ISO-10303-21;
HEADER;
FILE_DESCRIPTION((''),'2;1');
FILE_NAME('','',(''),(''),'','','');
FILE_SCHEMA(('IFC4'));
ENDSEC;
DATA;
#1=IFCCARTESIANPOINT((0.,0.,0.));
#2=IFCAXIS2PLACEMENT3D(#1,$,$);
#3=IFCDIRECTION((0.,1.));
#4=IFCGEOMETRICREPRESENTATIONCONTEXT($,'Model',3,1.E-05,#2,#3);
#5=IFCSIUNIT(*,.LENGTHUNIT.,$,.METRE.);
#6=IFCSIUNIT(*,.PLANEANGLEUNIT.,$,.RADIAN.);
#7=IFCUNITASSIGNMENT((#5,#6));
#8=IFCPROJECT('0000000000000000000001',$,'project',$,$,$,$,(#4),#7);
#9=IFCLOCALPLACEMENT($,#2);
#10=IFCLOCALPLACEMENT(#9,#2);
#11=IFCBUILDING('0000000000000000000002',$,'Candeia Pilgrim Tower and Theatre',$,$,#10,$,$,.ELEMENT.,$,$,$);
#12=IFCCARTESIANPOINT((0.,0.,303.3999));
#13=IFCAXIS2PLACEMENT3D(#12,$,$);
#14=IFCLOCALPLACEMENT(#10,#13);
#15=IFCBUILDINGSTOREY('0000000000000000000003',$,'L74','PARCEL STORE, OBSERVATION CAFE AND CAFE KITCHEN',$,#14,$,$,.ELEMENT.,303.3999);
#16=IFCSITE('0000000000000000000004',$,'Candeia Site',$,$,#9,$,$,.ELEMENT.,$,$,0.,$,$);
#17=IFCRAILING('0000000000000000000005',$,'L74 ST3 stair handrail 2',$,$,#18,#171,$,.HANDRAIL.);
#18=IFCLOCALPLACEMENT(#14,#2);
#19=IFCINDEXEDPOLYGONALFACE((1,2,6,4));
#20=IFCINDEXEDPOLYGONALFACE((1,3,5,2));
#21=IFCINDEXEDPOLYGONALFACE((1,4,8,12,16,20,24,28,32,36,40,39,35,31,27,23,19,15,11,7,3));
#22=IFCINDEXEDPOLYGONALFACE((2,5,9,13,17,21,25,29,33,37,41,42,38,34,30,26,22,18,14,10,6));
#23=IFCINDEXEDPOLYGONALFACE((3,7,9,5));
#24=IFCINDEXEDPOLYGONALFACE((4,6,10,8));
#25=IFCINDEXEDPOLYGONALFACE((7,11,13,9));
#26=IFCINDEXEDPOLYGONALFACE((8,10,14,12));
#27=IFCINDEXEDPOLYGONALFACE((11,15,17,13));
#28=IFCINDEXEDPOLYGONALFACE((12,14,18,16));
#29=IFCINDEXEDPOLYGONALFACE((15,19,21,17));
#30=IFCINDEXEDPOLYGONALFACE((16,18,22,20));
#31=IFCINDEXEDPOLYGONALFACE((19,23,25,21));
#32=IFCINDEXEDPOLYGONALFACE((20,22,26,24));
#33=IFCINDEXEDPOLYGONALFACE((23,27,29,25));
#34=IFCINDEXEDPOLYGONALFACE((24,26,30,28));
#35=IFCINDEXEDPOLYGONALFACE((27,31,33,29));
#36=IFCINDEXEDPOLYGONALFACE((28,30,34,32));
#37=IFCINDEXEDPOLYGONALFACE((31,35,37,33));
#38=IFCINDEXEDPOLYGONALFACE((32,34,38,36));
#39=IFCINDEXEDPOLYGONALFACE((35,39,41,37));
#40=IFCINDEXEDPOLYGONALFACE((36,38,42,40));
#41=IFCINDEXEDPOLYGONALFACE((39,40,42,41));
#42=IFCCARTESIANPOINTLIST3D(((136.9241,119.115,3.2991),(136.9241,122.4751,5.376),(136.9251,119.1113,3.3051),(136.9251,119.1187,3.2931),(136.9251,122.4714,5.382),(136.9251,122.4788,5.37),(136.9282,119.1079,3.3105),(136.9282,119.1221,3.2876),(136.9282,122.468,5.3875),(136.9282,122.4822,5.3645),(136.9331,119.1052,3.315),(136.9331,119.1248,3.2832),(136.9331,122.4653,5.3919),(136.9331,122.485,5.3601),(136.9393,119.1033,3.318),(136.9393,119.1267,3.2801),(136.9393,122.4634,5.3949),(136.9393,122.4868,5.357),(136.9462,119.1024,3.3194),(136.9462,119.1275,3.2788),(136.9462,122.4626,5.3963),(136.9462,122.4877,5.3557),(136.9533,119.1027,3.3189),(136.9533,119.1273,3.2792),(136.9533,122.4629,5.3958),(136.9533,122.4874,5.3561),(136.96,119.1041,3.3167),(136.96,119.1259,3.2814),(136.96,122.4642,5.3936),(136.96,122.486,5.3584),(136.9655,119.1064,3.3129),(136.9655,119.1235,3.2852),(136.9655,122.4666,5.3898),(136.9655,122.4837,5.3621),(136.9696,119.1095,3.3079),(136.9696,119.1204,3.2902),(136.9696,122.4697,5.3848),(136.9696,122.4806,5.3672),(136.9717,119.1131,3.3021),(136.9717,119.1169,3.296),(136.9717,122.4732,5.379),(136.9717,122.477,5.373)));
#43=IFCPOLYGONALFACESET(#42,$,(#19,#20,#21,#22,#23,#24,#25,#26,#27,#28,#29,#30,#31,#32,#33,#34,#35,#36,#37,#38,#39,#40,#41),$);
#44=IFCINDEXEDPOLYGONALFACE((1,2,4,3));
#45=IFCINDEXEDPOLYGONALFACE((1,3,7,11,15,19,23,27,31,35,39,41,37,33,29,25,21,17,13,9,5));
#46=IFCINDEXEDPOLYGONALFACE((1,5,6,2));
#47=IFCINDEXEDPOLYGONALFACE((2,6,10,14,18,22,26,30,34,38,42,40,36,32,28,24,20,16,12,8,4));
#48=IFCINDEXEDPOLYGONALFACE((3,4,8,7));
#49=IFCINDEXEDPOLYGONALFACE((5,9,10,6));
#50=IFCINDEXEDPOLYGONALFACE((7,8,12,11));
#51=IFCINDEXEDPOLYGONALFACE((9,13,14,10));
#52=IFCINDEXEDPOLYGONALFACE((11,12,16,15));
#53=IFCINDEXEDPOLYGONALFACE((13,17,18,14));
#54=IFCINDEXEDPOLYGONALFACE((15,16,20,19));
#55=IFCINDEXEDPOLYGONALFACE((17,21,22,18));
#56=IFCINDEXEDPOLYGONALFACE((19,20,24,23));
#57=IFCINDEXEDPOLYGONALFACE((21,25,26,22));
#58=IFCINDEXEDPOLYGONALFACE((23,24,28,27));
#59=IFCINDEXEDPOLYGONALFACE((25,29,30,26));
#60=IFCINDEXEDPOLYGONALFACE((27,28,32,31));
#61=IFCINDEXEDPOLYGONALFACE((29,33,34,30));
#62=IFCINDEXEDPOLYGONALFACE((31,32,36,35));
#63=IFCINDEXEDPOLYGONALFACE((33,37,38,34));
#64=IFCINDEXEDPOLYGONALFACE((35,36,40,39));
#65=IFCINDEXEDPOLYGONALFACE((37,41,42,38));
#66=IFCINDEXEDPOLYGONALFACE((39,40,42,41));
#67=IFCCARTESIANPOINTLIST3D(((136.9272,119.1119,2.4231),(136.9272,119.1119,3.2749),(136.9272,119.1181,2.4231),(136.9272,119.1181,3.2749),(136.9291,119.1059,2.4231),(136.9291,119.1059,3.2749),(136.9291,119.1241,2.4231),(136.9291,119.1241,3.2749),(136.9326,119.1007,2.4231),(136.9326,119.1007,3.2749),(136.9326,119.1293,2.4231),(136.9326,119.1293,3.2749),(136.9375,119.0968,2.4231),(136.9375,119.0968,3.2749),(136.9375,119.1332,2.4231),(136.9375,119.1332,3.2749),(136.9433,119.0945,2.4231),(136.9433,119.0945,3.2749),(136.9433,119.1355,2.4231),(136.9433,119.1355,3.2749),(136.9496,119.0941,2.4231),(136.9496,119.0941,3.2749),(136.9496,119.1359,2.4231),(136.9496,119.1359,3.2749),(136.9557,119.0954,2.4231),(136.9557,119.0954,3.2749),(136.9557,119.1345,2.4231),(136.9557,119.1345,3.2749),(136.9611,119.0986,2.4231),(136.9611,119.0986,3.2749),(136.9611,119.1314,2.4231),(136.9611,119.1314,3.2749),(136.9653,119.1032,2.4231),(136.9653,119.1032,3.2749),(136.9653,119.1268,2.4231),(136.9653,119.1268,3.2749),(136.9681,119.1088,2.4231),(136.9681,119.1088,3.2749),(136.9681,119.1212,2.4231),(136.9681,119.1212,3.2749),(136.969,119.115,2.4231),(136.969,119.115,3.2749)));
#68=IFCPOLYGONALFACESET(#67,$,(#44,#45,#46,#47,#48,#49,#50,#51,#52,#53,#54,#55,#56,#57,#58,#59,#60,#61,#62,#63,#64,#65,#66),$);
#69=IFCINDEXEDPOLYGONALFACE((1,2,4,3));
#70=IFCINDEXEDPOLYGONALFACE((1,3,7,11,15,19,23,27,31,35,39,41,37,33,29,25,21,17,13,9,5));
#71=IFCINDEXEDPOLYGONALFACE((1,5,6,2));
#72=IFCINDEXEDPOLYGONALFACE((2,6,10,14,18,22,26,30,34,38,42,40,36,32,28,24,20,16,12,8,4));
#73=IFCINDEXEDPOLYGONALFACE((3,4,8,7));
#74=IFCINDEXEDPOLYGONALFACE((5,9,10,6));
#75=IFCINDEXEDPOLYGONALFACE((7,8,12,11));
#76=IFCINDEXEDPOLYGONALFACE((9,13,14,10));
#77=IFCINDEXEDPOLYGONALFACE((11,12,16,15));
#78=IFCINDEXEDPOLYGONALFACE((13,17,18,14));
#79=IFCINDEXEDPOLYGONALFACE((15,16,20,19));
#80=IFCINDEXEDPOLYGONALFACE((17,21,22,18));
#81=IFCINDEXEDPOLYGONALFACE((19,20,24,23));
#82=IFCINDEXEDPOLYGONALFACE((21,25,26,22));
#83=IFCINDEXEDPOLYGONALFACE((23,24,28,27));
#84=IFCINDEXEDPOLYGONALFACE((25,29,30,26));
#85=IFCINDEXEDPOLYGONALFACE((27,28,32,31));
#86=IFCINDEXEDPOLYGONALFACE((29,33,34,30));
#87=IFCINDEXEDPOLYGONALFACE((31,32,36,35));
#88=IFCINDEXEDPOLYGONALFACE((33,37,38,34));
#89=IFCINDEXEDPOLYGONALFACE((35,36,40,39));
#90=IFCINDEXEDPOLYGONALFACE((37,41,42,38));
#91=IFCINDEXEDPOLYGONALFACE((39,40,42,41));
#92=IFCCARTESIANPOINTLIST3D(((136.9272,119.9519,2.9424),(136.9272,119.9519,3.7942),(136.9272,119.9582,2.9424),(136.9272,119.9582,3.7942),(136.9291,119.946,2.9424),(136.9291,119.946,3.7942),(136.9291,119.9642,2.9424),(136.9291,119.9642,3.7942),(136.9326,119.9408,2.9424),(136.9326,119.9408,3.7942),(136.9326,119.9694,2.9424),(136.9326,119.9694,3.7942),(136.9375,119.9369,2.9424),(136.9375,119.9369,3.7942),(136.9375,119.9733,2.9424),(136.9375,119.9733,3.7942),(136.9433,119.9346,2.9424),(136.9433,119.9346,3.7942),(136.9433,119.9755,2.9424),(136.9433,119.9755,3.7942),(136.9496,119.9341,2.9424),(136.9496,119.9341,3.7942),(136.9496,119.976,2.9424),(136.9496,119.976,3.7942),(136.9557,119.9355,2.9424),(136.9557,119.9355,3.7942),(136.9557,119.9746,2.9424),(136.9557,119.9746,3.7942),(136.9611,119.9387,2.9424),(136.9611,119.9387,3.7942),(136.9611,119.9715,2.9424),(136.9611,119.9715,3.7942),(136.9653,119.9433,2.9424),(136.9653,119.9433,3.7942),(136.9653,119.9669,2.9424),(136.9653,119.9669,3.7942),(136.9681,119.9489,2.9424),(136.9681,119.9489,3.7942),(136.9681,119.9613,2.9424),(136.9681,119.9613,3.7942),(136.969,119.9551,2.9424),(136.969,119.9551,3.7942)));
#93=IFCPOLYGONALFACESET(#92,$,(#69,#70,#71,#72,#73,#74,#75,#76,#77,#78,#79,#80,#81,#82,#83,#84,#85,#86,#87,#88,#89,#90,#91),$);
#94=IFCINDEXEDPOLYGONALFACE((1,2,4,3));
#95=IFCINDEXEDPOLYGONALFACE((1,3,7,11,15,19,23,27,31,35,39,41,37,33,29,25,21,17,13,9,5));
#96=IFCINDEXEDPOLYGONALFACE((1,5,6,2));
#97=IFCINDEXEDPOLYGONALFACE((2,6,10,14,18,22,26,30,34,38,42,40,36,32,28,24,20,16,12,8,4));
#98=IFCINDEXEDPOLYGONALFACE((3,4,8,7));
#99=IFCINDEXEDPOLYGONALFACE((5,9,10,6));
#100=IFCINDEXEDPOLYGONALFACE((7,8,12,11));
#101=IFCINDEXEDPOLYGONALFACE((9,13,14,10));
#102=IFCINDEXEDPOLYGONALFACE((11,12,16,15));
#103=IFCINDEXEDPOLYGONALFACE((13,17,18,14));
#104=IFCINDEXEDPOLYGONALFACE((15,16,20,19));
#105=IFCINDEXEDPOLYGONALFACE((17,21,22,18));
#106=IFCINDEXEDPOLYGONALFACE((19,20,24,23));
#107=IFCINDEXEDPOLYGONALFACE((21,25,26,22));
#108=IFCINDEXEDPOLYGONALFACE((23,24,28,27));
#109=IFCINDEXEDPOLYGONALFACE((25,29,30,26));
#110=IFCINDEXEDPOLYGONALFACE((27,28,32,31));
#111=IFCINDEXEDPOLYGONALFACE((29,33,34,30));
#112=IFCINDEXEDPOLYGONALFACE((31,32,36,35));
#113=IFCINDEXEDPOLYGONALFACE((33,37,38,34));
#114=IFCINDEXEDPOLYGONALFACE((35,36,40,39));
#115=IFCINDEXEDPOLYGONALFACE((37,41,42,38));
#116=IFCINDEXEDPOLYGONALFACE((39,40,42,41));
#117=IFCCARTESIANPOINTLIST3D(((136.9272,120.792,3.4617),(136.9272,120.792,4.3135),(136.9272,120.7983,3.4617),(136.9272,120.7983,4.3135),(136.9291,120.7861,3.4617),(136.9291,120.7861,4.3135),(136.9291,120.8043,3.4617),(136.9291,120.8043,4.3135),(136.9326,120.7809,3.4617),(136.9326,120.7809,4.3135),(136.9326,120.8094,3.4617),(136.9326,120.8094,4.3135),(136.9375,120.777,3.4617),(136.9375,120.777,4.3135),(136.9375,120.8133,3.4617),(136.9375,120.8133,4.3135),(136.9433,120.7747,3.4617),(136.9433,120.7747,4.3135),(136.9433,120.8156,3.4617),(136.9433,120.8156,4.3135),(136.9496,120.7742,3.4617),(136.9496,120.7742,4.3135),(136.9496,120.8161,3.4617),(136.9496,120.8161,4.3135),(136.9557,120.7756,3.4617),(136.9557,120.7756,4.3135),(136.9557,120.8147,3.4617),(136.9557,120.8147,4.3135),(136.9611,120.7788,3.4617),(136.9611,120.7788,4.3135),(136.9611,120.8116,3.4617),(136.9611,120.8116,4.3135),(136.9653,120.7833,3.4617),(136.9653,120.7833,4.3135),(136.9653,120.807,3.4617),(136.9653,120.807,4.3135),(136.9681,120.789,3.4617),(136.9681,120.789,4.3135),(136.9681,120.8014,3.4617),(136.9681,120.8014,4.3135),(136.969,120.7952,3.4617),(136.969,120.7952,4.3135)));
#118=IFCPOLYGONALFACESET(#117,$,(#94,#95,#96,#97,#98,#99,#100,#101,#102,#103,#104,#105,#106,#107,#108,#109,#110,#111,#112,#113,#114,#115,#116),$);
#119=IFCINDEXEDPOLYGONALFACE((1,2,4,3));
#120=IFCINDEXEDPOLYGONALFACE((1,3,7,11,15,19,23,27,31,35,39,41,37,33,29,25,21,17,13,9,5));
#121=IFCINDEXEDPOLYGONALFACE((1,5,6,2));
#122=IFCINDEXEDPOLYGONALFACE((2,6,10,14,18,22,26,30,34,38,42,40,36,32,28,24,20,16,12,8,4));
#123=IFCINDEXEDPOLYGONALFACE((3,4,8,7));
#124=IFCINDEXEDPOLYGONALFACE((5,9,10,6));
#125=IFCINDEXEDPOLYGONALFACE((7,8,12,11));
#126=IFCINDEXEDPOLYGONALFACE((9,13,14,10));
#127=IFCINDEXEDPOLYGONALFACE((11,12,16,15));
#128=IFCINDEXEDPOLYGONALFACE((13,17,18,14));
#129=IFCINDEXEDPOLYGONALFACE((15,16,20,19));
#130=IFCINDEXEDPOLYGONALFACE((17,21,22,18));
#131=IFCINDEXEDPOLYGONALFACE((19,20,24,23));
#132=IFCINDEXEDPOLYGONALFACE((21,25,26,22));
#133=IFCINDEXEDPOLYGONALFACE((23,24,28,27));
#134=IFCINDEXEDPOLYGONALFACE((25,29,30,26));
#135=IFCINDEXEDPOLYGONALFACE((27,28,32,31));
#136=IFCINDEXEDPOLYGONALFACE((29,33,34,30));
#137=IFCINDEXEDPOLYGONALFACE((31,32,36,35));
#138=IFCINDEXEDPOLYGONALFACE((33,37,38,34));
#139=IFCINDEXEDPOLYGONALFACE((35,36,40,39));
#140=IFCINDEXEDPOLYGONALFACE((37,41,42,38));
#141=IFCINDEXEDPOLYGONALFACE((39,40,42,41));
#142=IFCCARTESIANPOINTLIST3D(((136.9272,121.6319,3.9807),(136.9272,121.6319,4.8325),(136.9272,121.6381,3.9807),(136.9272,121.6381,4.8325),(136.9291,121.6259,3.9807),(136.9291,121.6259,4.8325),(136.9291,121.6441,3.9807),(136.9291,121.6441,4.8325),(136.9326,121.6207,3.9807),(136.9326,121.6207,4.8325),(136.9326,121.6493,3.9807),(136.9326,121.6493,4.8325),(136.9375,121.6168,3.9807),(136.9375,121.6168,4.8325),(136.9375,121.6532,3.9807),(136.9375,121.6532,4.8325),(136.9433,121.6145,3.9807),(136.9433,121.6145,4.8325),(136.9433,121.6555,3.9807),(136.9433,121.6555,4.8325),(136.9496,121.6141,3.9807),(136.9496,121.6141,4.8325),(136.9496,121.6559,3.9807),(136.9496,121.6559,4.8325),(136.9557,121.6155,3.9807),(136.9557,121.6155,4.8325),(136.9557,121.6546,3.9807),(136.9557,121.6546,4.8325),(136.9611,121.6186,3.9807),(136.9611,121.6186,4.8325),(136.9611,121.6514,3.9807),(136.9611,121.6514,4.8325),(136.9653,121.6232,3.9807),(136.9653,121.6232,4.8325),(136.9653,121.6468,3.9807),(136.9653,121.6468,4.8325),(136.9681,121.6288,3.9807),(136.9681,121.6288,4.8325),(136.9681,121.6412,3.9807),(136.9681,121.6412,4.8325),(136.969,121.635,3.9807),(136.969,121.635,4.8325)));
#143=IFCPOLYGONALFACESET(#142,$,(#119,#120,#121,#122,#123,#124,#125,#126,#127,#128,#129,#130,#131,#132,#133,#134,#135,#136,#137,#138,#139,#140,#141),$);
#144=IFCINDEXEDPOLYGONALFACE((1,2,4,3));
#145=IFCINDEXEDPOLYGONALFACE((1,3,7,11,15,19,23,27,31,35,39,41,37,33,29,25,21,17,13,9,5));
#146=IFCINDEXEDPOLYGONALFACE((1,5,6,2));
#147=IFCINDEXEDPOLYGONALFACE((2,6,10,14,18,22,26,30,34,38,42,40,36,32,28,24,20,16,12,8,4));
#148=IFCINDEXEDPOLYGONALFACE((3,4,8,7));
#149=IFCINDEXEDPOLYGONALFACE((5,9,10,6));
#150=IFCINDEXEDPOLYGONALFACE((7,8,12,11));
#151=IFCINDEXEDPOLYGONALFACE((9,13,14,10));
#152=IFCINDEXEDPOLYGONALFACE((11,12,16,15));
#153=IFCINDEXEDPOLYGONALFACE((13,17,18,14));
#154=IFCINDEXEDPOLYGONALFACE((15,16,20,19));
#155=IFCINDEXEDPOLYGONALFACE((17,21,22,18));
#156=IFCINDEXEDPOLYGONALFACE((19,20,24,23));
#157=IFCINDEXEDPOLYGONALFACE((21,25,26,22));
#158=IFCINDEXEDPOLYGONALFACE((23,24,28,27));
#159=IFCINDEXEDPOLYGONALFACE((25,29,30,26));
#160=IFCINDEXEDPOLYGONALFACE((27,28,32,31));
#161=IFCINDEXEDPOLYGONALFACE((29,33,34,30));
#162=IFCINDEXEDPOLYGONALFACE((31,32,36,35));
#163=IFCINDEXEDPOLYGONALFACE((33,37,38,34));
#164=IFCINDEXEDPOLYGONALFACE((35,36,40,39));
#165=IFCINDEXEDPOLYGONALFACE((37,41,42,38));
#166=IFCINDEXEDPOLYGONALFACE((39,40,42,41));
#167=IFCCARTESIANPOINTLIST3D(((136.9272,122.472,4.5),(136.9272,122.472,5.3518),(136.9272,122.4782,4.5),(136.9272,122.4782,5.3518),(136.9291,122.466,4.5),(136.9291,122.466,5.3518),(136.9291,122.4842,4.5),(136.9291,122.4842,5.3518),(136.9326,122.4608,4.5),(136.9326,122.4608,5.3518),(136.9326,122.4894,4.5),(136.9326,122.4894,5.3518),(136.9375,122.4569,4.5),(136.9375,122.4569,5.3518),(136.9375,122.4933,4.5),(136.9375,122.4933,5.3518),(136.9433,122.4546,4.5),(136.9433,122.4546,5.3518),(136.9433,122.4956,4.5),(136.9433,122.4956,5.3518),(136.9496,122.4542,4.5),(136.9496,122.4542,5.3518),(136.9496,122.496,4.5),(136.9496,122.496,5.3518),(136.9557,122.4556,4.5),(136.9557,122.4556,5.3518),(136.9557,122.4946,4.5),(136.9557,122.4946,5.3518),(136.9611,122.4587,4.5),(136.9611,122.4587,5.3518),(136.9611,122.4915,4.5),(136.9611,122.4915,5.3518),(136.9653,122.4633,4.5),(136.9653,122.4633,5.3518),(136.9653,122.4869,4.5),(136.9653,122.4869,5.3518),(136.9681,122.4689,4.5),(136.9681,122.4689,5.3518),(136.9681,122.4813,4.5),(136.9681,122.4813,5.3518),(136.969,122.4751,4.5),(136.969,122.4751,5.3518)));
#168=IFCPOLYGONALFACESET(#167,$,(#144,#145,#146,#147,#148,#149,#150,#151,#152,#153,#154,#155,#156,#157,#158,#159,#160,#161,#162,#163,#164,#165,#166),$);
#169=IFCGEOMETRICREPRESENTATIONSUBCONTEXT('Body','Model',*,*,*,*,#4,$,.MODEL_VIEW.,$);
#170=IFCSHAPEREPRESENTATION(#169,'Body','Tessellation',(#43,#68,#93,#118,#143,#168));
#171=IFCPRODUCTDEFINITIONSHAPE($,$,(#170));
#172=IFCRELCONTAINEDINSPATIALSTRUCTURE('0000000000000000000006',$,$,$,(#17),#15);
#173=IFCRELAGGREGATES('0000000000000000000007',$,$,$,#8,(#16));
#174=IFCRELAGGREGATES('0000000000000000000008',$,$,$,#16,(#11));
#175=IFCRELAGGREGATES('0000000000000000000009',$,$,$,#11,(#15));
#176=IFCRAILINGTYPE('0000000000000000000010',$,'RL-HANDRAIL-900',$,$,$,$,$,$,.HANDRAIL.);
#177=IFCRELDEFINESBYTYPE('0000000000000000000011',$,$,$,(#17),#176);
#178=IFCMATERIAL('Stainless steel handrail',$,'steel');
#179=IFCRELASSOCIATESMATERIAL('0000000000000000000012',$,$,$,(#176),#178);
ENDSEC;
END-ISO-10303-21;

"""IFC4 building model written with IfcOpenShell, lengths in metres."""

from ifc_helpers import new_model, si_unit, direction, frame, origin, origin_2d, place, context, subcontext, project, spatial, circle, extrude, material, type_object, element, save


model = new_model("IFC4")

# Units and contexts
model_context = context("Model", 3, precision=1e-05, world=origin(), true_north=direction((0.0, 1.0)))
body_context = subcontext(model_context, "Body", "Model", "MODEL_VIEW")
ifc_project = project(units=[si_unit("LENGTHUNIT", "METRE"), si_unit("PLANEANGLEUNIT", "RADIAN")], contexts=[model_context])

# Site, building, storey
site_placement = place(None, origin())
site = spatial("IfcSite", under=ifc_project, at=site_placement, Name="Candeia Site", CompositionType="ELEMENT", RefElevation=0.0)
building_placement = place(site_placement, origin())
building = spatial("IfcBuilding", under=site, at=building_placement, Name="Candeia Pilgrim Tower and Theatre", CompositionType="ELEMENT")
storey_placement = place(building_placement, frame((0.0, 0.0, 303.3999)))
storey = spatial("IfcBuildingStorey", under=building, at=storey_placement, Name="L74", Description="PARCEL STORE, OBSERVATION CAFE AND CAFE KITCHEN", CompositionType="ELEMENT", Elevation=303.3999)

# Railing
ifc_material_1 = material(Name="Stainless steel handrail", Category="steel")
railing_type_1 = type_object("IfcRailingType", Name="RL-HANDRAIL-900", PredefinedType="HANDRAIL", material=ifc_material_1)
railing_1_placement = place(storey_placement, frame((136.948, 119.115, 2.4231)))
element("IfcRailing", 1, at=railing_1_placement, inside=storey, type_object=railing_type_1, Name="L74 ST3 stair handrail 2", PredefinedType="HANDRAIL", context=body_context, shape_type="SweptSolid", body=[
    extrude(circle(Radius=0.0239, at=origin_2d()), frame((0.0, 0.0, 0.876), z_axis=(0.0, 0.850623, 0.525776), x_axis=(-1.0, 0.0, 0.0)), (0.0, 0.0, 1.0), 3.9502),
    extrude(circle(Radius=0.021, at=origin_2d()), origin(), (0.0, 0.0, 1.0), 0.8518),
    extrude(circle(Radius=0.021, at=origin_2d()), frame((0.0, 0.8401, 0.5193)), (0.0, 0.0, 1.0), 0.8518),
    extrude(circle(Radius=0.021, at=origin_2d()), frame((0.0, 1.6802, 1.0386)), (0.0, 0.0, 1.0), 0.8518),
    extrude(circle(Radius=0.021, at=origin_2d()), frame((0.0, 2.52, 1.5576)), (0.0, 0.0, 1.0), 0.8518),
    extrude(circle(Radius=0.021, at=origin_2d()), frame((0.0, 3.3601, 2.0769)), (0.0, 0.0, 1.0), 0.8518),
])

save(model, "model.ifc")
